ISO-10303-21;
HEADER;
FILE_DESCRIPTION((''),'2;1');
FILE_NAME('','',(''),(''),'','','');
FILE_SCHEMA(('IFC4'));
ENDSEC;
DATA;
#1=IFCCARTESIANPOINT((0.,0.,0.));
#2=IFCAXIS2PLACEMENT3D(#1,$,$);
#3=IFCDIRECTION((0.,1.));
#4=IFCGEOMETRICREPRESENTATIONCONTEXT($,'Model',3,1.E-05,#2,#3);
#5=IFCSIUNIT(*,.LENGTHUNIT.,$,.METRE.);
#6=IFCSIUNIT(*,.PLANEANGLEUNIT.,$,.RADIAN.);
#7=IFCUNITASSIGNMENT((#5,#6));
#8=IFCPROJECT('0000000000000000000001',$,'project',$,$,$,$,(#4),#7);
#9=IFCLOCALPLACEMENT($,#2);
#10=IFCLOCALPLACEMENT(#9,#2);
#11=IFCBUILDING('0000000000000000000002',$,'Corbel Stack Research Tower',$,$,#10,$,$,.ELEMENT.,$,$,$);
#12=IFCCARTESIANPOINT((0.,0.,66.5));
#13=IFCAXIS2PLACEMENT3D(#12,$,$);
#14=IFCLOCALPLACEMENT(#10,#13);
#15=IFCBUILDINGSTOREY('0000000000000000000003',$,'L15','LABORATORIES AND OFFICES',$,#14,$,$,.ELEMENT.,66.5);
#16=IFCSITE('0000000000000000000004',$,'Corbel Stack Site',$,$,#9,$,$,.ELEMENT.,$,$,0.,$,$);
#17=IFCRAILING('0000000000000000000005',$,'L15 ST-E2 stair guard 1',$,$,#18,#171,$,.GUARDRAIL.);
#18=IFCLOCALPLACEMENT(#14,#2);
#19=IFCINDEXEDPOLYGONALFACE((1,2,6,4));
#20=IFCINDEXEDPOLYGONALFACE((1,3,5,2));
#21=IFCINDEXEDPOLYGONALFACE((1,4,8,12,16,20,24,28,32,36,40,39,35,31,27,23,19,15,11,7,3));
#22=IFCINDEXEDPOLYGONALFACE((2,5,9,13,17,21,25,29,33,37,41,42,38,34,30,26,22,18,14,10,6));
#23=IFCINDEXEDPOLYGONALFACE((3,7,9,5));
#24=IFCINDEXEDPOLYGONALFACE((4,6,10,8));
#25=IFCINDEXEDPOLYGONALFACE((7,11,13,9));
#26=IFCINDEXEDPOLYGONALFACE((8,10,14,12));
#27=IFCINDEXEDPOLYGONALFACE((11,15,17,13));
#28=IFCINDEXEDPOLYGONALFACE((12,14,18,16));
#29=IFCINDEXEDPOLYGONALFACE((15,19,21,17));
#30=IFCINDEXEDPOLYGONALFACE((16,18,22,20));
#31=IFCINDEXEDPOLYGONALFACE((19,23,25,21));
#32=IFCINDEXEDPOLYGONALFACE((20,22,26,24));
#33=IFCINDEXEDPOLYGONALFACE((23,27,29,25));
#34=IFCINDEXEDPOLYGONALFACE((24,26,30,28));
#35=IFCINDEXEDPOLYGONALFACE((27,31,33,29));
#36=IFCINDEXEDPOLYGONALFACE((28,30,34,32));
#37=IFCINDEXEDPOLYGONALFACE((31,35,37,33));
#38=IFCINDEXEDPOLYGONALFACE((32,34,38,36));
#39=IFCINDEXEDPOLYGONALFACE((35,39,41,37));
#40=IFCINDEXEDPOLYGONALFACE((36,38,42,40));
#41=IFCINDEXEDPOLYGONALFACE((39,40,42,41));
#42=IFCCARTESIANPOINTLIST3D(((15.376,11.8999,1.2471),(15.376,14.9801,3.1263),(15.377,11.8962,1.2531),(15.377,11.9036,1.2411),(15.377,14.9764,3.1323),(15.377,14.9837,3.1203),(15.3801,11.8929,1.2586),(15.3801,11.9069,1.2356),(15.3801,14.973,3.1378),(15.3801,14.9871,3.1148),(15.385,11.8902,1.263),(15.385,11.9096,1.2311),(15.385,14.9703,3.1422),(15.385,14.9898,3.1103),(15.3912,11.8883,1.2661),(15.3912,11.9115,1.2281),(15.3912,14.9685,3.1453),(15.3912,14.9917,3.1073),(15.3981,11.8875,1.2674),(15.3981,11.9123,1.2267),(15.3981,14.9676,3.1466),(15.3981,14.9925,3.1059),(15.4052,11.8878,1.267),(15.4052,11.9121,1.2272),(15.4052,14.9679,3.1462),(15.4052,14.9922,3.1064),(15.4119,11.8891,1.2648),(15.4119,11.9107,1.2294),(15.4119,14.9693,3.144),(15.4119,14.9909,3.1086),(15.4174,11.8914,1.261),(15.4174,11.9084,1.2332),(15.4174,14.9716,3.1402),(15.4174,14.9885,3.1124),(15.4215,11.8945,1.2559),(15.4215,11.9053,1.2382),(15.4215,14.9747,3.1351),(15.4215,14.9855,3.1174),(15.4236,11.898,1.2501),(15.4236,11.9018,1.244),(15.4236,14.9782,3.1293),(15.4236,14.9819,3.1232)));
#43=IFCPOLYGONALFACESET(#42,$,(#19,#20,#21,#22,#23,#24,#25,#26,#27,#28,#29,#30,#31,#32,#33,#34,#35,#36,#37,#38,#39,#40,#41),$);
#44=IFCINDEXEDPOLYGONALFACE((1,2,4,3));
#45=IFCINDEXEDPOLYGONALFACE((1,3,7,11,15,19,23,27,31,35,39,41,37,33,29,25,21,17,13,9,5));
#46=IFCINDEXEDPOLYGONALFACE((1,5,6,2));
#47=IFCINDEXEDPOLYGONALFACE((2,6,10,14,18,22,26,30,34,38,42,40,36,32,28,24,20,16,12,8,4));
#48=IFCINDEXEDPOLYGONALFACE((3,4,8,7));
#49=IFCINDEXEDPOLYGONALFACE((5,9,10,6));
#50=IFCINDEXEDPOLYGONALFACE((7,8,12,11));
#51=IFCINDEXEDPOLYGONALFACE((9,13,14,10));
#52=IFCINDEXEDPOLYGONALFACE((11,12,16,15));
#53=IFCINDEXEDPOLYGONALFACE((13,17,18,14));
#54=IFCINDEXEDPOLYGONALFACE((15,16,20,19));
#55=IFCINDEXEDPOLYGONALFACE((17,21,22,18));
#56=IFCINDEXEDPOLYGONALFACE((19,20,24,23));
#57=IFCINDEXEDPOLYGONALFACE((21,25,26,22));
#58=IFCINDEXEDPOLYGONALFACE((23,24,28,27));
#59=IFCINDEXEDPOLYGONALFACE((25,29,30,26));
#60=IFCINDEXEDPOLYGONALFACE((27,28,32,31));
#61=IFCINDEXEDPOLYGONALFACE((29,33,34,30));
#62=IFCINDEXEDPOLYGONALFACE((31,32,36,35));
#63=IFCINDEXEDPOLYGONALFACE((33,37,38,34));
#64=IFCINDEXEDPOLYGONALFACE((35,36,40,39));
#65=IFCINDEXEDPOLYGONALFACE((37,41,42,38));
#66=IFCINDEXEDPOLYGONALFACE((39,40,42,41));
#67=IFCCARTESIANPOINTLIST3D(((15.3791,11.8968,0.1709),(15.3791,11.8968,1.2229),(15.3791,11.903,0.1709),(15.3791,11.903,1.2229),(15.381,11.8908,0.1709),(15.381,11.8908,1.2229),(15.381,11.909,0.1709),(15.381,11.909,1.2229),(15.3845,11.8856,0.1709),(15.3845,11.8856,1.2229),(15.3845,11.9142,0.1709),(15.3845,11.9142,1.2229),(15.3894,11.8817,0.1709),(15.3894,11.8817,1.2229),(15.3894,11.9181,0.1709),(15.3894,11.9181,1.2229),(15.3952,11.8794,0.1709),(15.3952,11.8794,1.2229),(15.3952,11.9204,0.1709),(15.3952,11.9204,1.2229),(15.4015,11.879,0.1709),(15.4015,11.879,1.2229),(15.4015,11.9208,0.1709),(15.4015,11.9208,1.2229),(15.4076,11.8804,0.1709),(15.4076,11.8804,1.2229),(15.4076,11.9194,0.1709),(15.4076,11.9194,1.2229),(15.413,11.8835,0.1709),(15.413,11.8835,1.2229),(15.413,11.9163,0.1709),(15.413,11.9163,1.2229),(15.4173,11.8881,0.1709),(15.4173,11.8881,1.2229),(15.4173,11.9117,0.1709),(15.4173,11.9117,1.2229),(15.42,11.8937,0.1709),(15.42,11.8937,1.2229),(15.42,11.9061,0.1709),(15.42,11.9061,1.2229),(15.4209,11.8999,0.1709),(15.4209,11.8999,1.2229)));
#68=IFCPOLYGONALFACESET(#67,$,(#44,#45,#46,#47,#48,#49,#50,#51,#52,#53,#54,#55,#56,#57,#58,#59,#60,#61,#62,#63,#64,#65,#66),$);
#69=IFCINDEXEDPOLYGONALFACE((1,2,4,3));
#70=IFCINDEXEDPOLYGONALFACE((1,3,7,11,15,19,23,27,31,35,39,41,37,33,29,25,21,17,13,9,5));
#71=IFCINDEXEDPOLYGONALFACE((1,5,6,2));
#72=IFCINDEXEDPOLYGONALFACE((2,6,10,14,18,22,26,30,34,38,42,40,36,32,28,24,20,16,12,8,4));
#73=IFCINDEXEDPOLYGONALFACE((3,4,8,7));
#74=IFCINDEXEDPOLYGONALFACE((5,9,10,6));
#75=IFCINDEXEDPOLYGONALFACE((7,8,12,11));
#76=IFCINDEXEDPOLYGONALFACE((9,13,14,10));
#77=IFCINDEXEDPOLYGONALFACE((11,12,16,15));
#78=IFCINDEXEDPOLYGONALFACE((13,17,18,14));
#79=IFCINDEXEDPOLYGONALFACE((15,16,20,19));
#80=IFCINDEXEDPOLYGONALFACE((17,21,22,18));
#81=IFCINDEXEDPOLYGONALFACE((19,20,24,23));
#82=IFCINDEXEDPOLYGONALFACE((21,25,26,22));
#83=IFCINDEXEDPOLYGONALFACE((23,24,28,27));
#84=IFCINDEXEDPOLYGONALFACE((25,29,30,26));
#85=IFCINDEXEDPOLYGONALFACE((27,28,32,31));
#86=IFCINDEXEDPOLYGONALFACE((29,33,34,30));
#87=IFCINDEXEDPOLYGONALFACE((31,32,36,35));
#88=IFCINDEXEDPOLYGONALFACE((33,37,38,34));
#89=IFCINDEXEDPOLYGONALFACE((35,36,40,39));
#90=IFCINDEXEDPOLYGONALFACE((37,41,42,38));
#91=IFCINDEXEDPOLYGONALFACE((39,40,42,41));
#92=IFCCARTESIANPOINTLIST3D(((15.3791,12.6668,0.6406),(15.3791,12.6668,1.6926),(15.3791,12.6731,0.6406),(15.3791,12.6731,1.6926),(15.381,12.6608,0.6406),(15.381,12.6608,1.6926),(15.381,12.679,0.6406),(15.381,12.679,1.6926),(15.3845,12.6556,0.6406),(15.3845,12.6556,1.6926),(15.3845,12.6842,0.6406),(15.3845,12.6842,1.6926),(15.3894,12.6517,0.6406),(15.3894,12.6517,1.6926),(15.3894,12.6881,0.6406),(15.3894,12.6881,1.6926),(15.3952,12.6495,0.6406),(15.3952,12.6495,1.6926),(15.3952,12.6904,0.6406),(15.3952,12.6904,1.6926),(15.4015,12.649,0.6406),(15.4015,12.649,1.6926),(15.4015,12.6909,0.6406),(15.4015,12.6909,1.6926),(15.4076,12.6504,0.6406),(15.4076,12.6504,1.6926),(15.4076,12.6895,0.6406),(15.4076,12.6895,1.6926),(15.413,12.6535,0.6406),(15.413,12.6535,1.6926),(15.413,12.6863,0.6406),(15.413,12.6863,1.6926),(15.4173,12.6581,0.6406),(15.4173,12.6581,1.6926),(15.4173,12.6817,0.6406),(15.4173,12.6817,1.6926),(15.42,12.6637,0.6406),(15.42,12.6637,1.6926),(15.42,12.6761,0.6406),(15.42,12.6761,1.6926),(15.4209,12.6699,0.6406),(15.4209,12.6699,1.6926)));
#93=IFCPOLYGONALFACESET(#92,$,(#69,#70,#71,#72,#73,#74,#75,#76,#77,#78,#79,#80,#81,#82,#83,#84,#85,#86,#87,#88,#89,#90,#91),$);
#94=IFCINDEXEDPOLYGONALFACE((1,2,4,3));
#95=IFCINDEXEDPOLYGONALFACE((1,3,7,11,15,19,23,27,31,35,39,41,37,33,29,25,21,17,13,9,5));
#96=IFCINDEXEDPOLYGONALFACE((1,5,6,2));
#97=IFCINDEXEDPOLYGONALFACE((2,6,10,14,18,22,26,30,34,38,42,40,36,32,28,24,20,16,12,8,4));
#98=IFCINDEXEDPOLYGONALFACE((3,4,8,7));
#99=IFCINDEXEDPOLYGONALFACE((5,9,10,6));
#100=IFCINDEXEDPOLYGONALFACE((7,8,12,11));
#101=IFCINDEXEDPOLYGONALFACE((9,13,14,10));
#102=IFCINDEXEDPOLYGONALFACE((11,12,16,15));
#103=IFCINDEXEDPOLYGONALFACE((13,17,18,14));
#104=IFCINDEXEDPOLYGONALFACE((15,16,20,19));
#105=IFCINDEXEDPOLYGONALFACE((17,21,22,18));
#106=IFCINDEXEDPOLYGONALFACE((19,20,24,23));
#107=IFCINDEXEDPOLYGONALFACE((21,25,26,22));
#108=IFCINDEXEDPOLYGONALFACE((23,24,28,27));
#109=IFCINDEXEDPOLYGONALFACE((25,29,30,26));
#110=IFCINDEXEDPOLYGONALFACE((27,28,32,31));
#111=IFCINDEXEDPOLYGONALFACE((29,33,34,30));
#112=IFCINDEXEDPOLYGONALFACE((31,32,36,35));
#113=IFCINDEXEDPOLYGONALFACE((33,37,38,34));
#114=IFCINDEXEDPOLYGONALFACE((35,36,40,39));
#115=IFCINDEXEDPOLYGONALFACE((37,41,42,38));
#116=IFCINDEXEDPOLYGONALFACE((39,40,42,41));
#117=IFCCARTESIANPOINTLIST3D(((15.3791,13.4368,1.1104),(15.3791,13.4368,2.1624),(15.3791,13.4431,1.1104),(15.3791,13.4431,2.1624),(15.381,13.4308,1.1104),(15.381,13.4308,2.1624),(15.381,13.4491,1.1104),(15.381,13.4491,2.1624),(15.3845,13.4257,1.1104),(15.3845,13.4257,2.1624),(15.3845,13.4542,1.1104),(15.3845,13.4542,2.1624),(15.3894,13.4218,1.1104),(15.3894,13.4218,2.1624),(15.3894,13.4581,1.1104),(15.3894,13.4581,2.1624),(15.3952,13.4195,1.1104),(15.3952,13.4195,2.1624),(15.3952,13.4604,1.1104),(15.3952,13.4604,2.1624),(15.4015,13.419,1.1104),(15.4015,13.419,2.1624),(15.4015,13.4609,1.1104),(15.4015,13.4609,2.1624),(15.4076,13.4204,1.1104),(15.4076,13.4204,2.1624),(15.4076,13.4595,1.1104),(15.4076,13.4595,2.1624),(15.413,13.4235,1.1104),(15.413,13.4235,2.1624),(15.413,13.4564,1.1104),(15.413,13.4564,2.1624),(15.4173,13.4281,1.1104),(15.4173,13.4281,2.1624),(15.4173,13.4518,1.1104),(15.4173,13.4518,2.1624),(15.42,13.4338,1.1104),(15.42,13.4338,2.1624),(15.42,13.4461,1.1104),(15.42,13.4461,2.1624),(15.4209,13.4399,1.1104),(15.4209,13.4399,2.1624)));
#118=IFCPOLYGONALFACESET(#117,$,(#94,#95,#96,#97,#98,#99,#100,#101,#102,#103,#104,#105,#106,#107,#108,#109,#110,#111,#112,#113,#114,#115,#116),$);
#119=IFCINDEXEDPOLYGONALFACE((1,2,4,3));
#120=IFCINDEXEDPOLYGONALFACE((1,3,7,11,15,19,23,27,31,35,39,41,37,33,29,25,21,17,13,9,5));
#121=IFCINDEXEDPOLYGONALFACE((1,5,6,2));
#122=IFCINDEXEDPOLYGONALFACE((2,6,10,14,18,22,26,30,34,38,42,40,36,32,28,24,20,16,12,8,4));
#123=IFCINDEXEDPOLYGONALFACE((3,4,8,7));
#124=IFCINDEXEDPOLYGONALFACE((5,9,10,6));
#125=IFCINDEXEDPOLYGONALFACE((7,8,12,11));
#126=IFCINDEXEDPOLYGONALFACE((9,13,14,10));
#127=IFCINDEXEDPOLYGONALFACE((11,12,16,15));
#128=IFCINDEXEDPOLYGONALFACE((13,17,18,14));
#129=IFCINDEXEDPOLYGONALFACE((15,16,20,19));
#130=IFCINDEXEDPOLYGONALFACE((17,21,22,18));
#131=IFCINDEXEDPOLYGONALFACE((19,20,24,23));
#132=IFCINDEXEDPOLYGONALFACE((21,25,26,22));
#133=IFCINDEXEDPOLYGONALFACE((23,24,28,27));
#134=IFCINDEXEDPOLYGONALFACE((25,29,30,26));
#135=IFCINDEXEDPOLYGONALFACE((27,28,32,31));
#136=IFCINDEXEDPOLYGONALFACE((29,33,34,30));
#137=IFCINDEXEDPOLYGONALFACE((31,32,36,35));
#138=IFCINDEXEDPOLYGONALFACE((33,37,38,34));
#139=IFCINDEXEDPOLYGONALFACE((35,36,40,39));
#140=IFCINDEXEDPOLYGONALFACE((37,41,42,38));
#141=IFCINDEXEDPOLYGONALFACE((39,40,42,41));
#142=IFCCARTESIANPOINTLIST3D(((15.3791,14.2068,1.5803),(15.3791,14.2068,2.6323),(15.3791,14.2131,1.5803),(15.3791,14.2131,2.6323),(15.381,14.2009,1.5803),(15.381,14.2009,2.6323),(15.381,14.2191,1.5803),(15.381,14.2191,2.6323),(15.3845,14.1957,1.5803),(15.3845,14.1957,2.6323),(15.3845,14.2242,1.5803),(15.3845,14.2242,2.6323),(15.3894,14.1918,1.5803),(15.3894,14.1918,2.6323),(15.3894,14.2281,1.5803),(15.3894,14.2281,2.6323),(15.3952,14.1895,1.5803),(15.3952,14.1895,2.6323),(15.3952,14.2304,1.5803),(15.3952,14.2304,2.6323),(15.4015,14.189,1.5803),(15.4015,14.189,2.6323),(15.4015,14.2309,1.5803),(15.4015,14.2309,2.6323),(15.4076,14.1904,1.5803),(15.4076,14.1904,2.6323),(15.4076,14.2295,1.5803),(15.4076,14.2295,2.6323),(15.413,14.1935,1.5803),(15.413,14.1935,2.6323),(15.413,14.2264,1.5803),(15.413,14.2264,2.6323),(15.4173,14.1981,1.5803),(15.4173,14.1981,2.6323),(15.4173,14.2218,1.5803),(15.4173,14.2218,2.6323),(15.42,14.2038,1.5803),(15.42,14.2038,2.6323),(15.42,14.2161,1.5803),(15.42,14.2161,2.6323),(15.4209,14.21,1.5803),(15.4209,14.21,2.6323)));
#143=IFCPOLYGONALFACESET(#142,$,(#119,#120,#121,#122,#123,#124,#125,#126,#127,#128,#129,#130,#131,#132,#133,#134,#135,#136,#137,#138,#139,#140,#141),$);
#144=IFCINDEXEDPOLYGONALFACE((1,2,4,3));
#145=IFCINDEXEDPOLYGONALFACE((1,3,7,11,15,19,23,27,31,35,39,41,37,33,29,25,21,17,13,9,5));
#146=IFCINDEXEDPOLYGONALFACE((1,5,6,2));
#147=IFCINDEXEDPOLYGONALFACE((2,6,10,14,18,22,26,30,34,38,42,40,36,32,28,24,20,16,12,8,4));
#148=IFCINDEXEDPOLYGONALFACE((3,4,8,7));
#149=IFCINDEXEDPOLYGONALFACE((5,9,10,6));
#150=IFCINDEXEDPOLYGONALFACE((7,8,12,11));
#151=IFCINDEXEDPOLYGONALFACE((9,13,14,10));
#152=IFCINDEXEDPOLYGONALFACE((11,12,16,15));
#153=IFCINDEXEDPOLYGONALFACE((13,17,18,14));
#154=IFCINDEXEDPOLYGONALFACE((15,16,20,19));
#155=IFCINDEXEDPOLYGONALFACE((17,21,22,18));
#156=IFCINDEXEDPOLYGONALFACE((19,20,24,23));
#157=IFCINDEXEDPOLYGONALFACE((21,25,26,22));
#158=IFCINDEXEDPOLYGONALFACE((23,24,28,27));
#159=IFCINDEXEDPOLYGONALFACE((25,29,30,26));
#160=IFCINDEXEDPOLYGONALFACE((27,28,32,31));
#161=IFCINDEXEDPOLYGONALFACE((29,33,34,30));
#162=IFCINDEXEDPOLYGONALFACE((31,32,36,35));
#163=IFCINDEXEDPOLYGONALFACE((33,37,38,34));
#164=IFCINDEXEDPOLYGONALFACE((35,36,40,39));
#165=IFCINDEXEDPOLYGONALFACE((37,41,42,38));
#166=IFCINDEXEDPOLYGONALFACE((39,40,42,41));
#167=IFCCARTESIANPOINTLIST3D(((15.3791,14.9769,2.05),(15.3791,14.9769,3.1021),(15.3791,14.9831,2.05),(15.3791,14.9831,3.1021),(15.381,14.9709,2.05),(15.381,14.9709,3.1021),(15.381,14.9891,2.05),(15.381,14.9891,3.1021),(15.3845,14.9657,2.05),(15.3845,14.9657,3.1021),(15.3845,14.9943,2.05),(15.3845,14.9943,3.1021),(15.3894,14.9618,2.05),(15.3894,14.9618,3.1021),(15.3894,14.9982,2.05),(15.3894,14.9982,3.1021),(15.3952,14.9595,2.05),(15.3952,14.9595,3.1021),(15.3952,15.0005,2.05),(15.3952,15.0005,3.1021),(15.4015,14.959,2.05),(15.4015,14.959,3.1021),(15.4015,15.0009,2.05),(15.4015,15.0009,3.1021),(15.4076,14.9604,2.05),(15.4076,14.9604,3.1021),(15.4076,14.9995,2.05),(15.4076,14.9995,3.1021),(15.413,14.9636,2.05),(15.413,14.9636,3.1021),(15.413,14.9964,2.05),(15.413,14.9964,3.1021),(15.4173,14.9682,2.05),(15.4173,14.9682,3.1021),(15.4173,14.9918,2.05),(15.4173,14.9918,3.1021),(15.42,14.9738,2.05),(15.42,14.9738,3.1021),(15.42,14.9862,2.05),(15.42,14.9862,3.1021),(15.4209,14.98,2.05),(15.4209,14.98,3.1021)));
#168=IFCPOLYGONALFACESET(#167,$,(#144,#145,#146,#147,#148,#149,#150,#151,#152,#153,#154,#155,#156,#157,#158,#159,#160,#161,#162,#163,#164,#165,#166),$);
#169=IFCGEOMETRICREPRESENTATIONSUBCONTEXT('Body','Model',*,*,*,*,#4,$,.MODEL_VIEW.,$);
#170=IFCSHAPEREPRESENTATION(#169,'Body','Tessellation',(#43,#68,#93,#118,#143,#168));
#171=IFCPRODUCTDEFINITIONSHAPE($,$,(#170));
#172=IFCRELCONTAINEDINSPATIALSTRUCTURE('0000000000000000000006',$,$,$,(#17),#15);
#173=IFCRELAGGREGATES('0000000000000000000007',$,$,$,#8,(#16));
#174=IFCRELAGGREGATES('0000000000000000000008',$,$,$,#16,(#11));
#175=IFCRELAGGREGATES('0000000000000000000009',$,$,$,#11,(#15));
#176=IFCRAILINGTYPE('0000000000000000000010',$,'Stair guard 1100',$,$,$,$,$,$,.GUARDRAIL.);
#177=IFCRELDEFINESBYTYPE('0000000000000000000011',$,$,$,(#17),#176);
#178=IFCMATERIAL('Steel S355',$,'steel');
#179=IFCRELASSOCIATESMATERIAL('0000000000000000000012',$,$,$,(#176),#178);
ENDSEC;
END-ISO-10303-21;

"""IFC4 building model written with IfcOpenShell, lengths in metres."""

from ifc_helpers import new_model, si_unit, direction, frame, origin, origin_2d, place, context, subcontext, project, spatial, circle, extrude, material, type_object, element, save


model = new_model("IFC4")

# Units and contexts
model_context = context("Model", 3, precision=1e-05, world=origin(), true_north=direction((0.0, 1.0)))
body_context = subcontext(model_context, "Body", "Model", "MODEL_VIEW")
ifc_project = project(units=[si_unit("LENGTHUNIT", "METRE"), si_unit("PLANEANGLEUNIT", "RADIAN")], contexts=[model_context])

# Site, building, storey
site_placement = place(None, origin())
site = spatial("IfcSite", under=ifc_project, at=site_placement, Name="Corbel Stack Site", CompositionType="ELEMENT", RefElevation=0.0)
building_placement = place(site_placement, origin())
building = spatial("IfcBuilding", under=site, at=building_placement, Name="Corbel Stack Research Tower", CompositionType="ELEMENT")
storey_placement = place(building_placement, frame((0.0, 0.0, 66.5)))
storey = spatial("IfcBuildingStorey", under=building, at=storey_placement, Name="L15", Description="LABORATORIES AND OFFICES", CompositionType="ELEMENT", Elevation=66.5)

# Railing
ifc_material_1 = material(Name="Steel S355", Category="steel")
railing_type_1 = type_object("IfcRailingType", Name="Stair guard 1100", PredefinedType="GUARDRAIL", material=ifc_material_1)
railing_1_placement = place(storey_placement, frame((15.3999, 11.8999, 0.1709)))
element("IfcRailing", 1, at=railing_1_placement, inside=storey, type_object=railing_type_1, Name="L15 ST-E2 stair guard 1", PredefinedType="GUARDRAIL", context=body_context, shape_type="SweptSolid", body=[
    extrude(circle(Radius=0.0239, at=origin_2d()), frame((0.0, 0.0, 1.0762), z_axis=(0.0, 0.853666, 0.52082), x_axis=(-1.0, 0.0, 0.0)), (0.0, 0.0, 1.0), 3.6082),
    extrude(circle(Radius=0.021, at=origin_2d()), origin(), (0.0, 0.0, 1.0), 1.052),
    extrude(circle(Radius=0.021, at=origin_2d()), frame((0.0, 0.77, 0.4697)), (0.0, 0.0, 1.0), 1.052),
    extrude(circle(Radius=0.021, at=origin_2d()), frame((0.0, 1.54, 0.9395)), (0.0, 0.0, 1.0), 1.052),
    extrude(circle(Radius=0.021, at=origin_2d()), frame((0.0, 2.3101, 1.4094)), (0.0, 0.0, 1.0), 1.052),
    extrude(circle(Radius=0.021, at=origin_2d()), frame((0.0, 3.0801, 1.8792)), (0.0, 0.0, 1.0), 1.052),
])

save(model, "model.ifc")
